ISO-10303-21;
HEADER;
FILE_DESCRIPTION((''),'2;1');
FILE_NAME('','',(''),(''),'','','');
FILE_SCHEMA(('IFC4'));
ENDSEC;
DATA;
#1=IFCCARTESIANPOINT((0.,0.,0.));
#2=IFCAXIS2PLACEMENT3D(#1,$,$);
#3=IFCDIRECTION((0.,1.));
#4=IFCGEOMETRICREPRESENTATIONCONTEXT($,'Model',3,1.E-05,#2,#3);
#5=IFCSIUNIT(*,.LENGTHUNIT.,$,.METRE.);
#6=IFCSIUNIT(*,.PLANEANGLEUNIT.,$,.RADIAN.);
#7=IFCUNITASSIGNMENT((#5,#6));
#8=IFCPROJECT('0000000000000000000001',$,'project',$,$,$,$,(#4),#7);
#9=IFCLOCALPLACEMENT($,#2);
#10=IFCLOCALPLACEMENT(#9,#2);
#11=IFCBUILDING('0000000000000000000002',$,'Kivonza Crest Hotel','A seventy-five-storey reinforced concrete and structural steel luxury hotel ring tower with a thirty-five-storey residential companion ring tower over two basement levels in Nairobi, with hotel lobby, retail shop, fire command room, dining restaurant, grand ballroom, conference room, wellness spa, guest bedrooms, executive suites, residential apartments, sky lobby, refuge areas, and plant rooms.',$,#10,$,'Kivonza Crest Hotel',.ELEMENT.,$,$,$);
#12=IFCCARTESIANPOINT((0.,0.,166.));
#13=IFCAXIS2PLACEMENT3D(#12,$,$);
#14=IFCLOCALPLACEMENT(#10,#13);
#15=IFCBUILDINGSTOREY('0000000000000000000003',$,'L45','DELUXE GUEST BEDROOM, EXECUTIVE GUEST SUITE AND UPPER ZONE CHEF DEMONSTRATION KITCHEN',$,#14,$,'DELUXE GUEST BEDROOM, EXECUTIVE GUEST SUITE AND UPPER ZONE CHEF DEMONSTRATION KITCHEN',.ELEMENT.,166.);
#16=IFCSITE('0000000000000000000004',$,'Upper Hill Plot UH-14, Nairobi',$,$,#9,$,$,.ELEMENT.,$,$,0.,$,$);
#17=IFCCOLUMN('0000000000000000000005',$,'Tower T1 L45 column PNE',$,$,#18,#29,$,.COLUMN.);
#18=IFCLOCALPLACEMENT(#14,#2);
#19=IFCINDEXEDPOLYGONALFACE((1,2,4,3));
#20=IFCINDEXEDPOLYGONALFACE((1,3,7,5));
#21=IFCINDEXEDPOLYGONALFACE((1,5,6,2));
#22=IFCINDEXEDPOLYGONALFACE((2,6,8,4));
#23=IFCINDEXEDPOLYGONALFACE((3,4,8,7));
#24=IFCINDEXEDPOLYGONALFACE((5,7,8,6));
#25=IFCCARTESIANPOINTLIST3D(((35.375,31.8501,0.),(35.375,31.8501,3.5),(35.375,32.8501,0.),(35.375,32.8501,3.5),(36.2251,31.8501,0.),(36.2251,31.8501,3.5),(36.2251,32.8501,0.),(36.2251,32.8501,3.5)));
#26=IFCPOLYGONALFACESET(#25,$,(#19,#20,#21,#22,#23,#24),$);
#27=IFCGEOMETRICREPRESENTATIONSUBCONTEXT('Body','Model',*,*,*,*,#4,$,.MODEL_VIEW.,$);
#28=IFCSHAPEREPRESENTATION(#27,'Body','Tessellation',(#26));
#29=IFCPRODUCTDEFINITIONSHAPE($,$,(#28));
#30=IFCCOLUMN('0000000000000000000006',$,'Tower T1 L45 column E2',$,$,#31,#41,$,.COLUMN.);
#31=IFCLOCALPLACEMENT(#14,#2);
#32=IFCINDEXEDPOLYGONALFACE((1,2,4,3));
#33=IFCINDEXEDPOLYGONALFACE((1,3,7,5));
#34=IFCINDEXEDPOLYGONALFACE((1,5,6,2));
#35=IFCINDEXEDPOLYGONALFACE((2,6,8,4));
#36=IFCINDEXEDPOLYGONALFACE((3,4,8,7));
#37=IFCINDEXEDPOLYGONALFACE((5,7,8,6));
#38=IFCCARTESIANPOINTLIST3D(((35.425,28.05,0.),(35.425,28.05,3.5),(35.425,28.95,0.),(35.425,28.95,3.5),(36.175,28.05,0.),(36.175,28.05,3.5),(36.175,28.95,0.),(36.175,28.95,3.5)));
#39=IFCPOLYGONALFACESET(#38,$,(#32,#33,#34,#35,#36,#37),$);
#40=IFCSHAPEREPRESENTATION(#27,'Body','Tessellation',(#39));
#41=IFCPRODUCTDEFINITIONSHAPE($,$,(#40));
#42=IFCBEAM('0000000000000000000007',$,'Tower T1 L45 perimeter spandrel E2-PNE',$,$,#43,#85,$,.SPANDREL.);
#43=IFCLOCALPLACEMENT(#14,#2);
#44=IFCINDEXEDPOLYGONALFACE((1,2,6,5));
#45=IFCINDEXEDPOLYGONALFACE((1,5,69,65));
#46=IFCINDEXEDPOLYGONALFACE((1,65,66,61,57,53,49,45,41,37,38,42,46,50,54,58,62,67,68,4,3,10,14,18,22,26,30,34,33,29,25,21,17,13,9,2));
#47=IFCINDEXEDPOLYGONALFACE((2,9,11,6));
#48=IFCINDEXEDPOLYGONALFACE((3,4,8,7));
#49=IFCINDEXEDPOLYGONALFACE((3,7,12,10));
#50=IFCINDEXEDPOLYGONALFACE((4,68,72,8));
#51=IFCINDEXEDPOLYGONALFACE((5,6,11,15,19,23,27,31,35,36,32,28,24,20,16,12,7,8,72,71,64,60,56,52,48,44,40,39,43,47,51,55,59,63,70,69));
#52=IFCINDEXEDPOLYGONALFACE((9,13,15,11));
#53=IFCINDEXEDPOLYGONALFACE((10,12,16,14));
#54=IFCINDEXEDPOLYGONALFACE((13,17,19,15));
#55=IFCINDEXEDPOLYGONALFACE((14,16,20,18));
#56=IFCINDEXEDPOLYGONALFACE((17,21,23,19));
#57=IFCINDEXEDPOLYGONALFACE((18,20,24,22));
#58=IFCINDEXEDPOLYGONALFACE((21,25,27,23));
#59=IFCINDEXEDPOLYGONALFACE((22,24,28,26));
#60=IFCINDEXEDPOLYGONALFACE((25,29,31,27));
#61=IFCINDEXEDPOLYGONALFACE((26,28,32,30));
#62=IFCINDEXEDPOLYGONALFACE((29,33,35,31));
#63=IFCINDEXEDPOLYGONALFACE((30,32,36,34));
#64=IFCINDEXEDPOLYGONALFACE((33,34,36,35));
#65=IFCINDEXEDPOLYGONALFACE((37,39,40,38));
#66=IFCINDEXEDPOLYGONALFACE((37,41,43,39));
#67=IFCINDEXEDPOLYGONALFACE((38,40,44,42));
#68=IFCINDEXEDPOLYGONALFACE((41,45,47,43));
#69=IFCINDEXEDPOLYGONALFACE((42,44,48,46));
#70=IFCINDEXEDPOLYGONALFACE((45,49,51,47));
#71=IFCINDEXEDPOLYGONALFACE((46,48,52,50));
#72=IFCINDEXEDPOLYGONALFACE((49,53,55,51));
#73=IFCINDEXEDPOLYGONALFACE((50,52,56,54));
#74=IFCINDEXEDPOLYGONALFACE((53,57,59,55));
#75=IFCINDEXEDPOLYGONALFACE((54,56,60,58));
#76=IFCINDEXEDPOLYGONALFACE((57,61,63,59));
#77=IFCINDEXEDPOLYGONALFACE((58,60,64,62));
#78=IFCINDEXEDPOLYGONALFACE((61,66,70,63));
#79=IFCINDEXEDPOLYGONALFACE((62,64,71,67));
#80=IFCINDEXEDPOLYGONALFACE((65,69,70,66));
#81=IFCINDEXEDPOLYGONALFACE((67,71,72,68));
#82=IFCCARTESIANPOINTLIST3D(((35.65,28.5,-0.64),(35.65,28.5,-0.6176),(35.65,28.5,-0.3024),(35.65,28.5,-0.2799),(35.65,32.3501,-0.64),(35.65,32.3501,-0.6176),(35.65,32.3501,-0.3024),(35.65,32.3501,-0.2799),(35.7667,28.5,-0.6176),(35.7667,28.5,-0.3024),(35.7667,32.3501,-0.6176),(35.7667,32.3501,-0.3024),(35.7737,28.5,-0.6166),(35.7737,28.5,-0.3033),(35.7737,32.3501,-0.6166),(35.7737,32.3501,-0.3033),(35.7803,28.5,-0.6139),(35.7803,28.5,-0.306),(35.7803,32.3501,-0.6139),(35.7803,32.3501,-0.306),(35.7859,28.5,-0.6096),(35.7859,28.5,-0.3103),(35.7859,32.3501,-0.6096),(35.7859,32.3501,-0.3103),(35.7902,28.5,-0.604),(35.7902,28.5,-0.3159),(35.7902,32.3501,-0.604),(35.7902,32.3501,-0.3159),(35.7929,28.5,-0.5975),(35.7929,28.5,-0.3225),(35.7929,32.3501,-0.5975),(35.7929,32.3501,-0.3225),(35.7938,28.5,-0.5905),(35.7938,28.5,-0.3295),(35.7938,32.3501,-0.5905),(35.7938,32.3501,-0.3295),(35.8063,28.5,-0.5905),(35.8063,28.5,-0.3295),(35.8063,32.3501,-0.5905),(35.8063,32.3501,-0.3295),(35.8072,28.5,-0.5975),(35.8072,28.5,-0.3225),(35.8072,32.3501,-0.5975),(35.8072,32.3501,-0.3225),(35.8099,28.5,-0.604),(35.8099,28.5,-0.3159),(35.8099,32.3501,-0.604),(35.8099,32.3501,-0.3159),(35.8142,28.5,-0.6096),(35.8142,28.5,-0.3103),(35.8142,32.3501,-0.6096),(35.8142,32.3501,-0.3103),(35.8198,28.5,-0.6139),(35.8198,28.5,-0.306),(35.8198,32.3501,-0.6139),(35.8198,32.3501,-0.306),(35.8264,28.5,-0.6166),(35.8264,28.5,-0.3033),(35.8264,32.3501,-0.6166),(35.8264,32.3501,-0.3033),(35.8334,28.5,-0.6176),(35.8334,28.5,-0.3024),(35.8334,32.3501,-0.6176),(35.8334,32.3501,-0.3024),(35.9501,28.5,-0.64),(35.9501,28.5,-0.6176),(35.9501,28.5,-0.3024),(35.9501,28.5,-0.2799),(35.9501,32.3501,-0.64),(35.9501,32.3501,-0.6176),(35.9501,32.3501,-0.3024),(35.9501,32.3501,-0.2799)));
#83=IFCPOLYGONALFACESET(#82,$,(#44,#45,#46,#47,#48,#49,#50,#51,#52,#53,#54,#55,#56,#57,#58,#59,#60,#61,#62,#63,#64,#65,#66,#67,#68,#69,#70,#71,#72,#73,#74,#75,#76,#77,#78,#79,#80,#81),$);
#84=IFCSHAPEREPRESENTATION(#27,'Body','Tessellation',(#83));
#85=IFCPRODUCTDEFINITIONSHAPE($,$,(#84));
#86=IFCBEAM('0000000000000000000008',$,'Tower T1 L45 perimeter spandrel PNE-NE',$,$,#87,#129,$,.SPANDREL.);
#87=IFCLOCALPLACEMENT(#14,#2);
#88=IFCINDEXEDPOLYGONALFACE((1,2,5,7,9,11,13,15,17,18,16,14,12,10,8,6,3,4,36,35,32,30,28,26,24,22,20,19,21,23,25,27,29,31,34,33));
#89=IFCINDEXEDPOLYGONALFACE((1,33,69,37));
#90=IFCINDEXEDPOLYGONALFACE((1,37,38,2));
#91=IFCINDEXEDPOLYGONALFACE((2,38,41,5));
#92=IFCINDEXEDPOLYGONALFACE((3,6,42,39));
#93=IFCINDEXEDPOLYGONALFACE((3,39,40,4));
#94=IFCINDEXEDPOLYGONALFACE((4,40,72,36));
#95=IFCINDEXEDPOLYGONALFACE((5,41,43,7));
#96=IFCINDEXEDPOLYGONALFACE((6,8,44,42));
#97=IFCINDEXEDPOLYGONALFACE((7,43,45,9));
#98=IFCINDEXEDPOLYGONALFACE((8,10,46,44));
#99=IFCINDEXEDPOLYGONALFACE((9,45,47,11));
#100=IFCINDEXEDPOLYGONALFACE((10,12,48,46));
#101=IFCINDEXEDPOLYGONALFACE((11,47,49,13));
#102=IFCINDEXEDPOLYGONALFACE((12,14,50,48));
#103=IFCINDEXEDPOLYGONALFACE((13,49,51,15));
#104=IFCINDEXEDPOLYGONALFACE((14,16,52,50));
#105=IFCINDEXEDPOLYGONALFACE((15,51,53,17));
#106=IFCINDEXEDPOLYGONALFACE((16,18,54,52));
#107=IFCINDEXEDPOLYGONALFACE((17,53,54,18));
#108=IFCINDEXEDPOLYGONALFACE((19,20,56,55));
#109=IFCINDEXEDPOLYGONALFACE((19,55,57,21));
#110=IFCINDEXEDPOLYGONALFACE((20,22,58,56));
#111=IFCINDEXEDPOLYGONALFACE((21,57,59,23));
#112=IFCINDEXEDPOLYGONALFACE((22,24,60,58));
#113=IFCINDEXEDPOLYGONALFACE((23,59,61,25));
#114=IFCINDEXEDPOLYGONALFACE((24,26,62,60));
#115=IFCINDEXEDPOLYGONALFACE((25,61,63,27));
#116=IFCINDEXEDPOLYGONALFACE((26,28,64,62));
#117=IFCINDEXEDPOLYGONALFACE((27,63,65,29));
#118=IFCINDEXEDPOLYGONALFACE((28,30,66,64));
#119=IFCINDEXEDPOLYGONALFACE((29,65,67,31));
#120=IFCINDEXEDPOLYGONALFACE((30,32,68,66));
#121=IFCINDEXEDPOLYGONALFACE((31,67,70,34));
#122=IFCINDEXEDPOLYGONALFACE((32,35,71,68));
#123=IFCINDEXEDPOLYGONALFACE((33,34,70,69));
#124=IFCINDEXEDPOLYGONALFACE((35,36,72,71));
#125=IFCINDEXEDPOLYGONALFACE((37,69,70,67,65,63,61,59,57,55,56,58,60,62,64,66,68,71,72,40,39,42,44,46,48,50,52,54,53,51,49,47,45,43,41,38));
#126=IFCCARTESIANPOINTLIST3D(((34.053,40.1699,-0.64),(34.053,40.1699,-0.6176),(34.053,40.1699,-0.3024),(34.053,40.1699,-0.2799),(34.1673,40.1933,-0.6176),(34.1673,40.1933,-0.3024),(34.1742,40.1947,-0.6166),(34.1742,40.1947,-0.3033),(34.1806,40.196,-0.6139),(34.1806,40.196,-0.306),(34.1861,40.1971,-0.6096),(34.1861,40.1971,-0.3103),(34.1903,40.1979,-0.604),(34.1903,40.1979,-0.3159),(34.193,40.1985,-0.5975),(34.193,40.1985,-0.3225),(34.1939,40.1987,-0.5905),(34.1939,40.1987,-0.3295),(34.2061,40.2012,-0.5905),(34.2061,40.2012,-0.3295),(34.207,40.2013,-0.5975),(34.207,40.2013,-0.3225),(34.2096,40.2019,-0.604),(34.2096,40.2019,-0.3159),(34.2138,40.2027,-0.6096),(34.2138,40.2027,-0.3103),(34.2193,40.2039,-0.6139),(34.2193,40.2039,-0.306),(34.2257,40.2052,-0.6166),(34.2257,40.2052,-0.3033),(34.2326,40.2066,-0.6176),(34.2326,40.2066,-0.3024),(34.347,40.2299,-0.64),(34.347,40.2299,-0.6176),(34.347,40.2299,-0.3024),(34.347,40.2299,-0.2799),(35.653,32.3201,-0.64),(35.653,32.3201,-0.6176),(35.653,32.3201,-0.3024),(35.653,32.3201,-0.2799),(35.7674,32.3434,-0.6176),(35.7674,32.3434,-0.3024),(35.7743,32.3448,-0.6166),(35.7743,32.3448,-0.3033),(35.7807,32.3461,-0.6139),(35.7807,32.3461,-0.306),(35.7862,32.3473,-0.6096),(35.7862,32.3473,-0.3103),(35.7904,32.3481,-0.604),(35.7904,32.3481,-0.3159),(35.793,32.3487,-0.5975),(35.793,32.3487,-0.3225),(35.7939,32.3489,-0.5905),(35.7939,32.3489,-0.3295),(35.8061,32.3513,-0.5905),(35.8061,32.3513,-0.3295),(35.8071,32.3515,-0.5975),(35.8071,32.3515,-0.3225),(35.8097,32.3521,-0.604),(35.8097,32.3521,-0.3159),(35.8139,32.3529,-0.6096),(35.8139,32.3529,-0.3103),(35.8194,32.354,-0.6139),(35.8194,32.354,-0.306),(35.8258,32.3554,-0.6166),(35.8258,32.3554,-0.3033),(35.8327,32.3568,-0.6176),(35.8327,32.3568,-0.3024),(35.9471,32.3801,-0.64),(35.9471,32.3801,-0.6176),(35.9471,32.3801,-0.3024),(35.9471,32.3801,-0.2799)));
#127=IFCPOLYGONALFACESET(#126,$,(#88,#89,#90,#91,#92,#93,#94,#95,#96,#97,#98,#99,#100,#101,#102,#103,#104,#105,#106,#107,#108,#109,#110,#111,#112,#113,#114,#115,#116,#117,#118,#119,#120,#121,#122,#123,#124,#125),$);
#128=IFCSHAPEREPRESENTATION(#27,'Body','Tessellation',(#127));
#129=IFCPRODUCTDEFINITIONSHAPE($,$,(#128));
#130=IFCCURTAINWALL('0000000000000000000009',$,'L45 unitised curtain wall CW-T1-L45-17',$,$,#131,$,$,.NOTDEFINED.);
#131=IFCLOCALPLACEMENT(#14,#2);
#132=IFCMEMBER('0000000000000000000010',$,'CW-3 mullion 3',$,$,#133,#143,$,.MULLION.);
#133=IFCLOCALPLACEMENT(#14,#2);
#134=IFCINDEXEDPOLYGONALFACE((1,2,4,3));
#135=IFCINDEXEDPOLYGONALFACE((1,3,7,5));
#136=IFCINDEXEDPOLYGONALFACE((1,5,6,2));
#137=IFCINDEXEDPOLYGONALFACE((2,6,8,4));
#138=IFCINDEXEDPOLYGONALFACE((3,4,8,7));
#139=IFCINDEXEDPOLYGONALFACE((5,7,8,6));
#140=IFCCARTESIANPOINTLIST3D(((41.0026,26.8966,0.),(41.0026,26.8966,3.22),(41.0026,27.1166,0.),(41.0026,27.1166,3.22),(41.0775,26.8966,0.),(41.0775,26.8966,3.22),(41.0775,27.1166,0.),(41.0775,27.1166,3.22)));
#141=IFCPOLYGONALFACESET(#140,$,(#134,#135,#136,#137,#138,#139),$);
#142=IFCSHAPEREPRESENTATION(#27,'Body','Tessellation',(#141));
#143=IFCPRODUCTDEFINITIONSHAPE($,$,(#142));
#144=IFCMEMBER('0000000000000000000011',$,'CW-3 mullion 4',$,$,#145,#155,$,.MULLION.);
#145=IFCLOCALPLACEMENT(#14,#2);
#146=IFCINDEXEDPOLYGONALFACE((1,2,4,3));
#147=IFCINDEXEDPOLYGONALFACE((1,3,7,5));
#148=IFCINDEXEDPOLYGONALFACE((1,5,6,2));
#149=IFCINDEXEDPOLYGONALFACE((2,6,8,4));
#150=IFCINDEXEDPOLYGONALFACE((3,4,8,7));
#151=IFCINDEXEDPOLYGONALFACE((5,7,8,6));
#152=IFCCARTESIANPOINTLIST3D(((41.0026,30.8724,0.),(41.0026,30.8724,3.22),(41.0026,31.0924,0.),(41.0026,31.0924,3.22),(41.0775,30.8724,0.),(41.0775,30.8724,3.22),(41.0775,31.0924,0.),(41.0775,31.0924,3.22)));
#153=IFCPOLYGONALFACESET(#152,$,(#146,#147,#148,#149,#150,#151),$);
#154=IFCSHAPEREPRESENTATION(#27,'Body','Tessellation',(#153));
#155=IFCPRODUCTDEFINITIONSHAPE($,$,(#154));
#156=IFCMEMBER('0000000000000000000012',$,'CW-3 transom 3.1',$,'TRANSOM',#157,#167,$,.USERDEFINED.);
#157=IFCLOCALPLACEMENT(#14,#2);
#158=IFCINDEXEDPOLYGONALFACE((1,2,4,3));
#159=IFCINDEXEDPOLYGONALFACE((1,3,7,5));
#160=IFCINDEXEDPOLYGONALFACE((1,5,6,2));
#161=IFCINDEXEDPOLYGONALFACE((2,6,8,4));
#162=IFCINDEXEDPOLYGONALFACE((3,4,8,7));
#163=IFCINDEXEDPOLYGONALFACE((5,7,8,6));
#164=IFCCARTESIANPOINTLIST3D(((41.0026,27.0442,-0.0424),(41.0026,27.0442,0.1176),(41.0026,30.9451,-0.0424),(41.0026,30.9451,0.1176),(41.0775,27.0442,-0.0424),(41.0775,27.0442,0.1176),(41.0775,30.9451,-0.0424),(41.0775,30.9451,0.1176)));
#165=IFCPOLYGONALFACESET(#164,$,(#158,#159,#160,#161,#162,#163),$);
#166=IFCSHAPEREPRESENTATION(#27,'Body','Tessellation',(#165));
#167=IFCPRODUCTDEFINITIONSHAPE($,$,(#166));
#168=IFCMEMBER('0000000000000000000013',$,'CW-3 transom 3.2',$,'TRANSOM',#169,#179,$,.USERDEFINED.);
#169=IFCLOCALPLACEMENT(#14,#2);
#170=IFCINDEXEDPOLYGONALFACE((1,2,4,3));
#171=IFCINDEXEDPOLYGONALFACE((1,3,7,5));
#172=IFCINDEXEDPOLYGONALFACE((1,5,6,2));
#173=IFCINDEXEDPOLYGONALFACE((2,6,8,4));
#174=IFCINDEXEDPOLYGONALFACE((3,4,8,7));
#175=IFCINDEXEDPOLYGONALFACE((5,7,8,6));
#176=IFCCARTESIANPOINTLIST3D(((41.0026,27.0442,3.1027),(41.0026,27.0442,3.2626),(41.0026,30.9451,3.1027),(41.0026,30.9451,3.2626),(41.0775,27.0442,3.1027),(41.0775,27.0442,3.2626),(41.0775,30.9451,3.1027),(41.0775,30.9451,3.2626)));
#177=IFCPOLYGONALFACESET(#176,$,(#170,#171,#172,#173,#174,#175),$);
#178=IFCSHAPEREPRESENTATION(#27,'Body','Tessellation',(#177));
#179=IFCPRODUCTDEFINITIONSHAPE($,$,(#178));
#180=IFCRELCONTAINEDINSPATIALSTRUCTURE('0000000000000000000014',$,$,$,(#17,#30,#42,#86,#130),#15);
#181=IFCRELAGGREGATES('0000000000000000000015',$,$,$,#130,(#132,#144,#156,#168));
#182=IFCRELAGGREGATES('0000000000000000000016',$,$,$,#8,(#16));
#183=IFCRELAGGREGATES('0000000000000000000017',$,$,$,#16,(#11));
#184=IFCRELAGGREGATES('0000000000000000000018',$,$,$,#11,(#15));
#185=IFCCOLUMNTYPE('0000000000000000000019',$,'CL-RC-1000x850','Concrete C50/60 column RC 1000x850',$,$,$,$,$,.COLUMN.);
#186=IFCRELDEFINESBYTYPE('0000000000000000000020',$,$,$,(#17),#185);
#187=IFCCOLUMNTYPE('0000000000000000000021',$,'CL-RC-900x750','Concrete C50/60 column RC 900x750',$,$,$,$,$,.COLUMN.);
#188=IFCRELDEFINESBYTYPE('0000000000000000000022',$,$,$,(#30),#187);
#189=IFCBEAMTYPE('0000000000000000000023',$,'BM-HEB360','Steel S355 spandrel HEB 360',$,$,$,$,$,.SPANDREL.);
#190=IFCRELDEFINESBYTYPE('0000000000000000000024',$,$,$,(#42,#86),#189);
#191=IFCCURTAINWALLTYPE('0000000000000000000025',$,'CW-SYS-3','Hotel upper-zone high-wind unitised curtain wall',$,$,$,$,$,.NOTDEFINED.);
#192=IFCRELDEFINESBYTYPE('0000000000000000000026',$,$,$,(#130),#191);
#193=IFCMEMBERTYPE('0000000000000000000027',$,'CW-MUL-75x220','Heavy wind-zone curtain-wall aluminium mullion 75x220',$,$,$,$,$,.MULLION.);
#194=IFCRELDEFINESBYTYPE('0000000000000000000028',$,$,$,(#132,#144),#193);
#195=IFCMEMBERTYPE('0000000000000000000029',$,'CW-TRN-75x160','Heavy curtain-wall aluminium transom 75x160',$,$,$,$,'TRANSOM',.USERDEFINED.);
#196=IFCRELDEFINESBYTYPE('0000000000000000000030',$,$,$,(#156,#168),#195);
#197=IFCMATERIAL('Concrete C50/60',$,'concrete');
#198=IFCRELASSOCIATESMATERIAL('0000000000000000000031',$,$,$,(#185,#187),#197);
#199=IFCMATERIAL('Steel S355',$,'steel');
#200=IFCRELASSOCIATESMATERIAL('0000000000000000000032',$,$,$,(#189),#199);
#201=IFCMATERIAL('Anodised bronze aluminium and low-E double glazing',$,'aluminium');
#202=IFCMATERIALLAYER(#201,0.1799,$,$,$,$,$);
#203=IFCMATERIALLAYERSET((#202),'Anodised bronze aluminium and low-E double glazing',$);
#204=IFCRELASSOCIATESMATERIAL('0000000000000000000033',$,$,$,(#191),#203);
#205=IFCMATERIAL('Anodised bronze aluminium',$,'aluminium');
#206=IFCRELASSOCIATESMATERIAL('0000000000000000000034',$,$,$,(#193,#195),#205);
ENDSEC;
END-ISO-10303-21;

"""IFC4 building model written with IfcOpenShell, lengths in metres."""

from ifc_helpers import new_model, si_unit, direction, frame, origin, origin_2d, place, context, subcontext, project, spatial, rectangle, i_section, extrude, material, layer, layer_set, material_profile, profile_set, type_object, element, aggregate, save


model = new_model("IFC4")

# Units and contexts
model_context = context("Model", 3, precision=1e-05, world=origin(), true_north=direction((0.0, 1.0)))
body_context = subcontext(model_context, "Body", "Model", "MODEL_VIEW")
ifc_project = project(units=[si_unit("LENGTHUNIT", "METRE"), si_unit("PLANEANGLEUNIT", "RADIAN")], contexts=[model_context])

# Site, building, storey
site_placement = place(None, origin())
site = spatial("IfcSite", under=ifc_project, at=site_placement, Name="Upper Hill Plot UH-14, Nairobi", CompositionType="ELEMENT", RefElevation=0.0)
building_placement = place(site_placement, origin())
building = spatial("IfcBuilding", under=site, at=building_placement, Name="Kivonza Crest Hotel", Description="A seventy-five-storey reinforced concrete and structural steel luxury hotel ring tower with a thirty-five-storey residential companion ring tower over two basement levels in Nairobi, with hotel lobby, retail shop, fire command room, dining restaurant, grand ballroom, conference room, wellness spa, guest bedrooms, executive suites, residential apartments, sky lobby, refuge areas, and plant rooms.", LongName="Kivonza Crest Hotel", CompositionType="ELEMENT")
storey_placement = place(building_placement, frame((0.0, 0.0, 166.0)))
storey = spatial("IfcBuildingStorey", under=building, at=storey_placement, Name="L45", Description="DELUXE GUEST BEDROOM, EXECUTIVE GUEST SUITE AND UPPER ZONE CHEF DEMONSTRATION KITCHEN", LongName="DELUXE GUEST BEDROOM, EXECUTIVE GUEST SUITE AND UPPER ZONE CHEF DEMONSTRATION KITCHEN", CompositionType="ELEMENT", Elevation=166.0)

# Columns
ifc_material_1 = material(Name="Concrete C50/60", Category="concrete")
ifc_material_profile_1 = material_profile(ifc_material_1, rectangle(XDim=0.8501, YDim=1.0, at=origin_2d()), Name="RC 1000x850")
ifc_profile_set_1 = profile_set([ifc_material_profile_1], Name="Concrete C50/60")
column_type_1 = type_object("IfcColumnType", Name="CL-RC-1000x850", Description="Concrete C50/60 column RC 1000x850", PredefinedType="COLUMN", material=ifc_profile_set_1)
column_1_placement = place(storey_placement, frame((35.8, 32.3501, 0.0), z_axis=(0.0, 0.0, 1.0), x_axis=(1.0, 0.0, 0.0)))
element("IfcColumn", 1, at=column_1_placement, inside=storey, type_object=column_type_1, Name="Tower T1 L45 column PNE", PredefinedType="COLUMN", context=body_context, shape_type="SweptSolid", body=[
    extrude(rectangle(XDim=0.8501, YDim=1.0, at=origin_2d()), origin(), (0.0, 0.0, 1.0), 3.5),
])
ifc_material_profile_2 = material_profile(ifc_material_1, rectangle(XDim=0.75, YDim=0.8999, at=origin_2d()), Name="RC 900x750")
ifc_profile_set_2 = profile_set([ifc_material_profile_2], Name="Concrete C50/60")
column_type_2 = type_object("IfcColumnType", Name="CL-RC-900x750", Description="Concrete C50/60 column RC 900x750", PredefinedType="COLUMN", material=ifc_profile_set_2)
column_2_placement = place(storey_placement, frame((35.8, 28.5, 0.0), z_axis=(0.0, 0.0, 1.0), x_axis=(1.0, 0.0, 0.0)))
element("IfcColumn", 2, at=column_2_placement, inside=storey, type_object=column_type_2, Name="Tower T1 L45 column E2", PredefinedType="COLUMN", context=body_context, shape_type="SweptSolid", body=[
    extrude(rectangle(XDim=0.75, YDim=0.8999, at=origin_2d()), origin(), (0.0, 0.0, 1.0), 3.5),
])

# Beams
ifc_material_2 = material(Name="Steel S355", Category="steel")
ifc_material_profile_3 = material_profile(ifc_material_2, i_section(OverallWidth=0.3, OverallDepth=0.3601, WebThickness=0.0125, FlangeThickness=0.0225, FilletRadius=0.0271, at=origin_2d()), Name="HEB 360")
ifc_profile_set_3 = profile_set([ifc_material_profile_3], Name="Steel S355")
beam_type = type_object("IfcBeamType", Name="BM-HEB360", Description="Steel S355 spandrel HEB 360", PredefinedType="SPANDREL", material=ifc_profile_set_3)
beam_1_placement = place(storey_placement, frame((35.8, 28.5, -0.46), z_axis=(0.0, 1.0, 0.0), x_axis=(-1.0, 0.0, 0.0)))
element("IfcBeam", 3, at=beam_1_placement, inside=storey, type_object=beam_type, Name="Tower T1 L45 perimeter spandrel E2-PNE", PredefinedType="SPANDREL", context=body_context, shape_type="SweptSolid", body=[
    extrude(i_section(OverallWidth=0.3, OverallDepth=0.3601, WebThickness=0.0125, FlangeThickness=0.0225, FilletRadius=0.0271, at=origin_2d()), origin(), (0.0, 0.0, 1.0), 3.8501),
])
beam_2_placement = place(storey_placement, frame((35.8, 32.3501, -0.46), z_axis=(-0.199731, 0.979851, 0.0), x_axis=(-0.979851, -0.199731, 0.0)))
element("IfcBeam", 4, at=beam_2_placement, inside=storey, type_object=beam_type, Name="Tower T1 L45 perimeter spandrel PNE-NE", PredefinedType="SPANDREL", context=body_context, shape_type="SweptSolid", body=[
    extrude(i_section(OverallWidth=0.3, OverallDepth=0.3601, WebThickness=0.0125, FlangeThickness=0.0225, FilletRadius=0.0271, at=origin_2d()), origin(), (0.0, 0.0, 1.0), 8.0112),
])

# Curtain wall, members
ifc_material_3 = material(Name="Anodised bronze aluminium and low-E double glazing", Category="aluminium")
ifc_layer_1 = layer(ifc_material_3, 0.1799)
ifc_layer_set_1 = layer_set([ifc_layer_1], Name="Anodised bronze aluminium and low-E double glazing")
curtain_wall_type = type_object("IfcCurtainWallType", Name="CW-SYS-3", Description="Hotel upper-zone high-wind unitised curtain wall", PredefinedType="NOTDEFINED", material=ifc_layer_set_1)
curtain_wall_placement = place(storey_placement, origin())
curtain_wall = element("IfcCurtainWall", 5, at=curtain_wall_placement, inside=storey, type_object=curtain_wall_type, Name="L45 unitised curtain wall CW-T1-L45-17", PredefinedType="NOTDEFINED")
ifc_material_4 = material(Name="Anodised bronze aluminium", Category="aluminium")
ifc_material_profile_4 = material_profile(ifc_material_4, rectangle(XDim=0.075, YDim=0.22, at=origin_2d()), Name="CW-M 75x220")
ifc_profile_set_4 = profile_set([ifc_material_profile_4], Name="Anodised bronze aluminium")
member_type_1 = type_object("IfcMemberType", Name="CW-MUL-75x220", Description="Heavy wind-zone curtain-wall aluminium mullion 75x220", PredefinedType="MULLION", material=ifc_profile_set_4)
member_1_placement = place(storey_placement, frame((41.04, 27.0066, 0.0), z_axis=(0.0, 0.0, 1.0), x_axis=(-1.0, 0.0, 0.0)))
member_1 = element("IfcMember", 6, at=member_1_placement, type_object=member_type_1, Name="CW-3 mullion 3", PredefinedType="MULLION", context=body_context, shape_type="SweptSolid", body=[
    extrude(rectangle(XDim=0.075, YDim=0.22, at=origin_2d()), origin(), (0.0, 0.0, 1.0), 3.22),
])
member_2_placement = place(storey_placement, frame((41.04, 30.9824, 0.0), z_axis=(0.0, 0.0, 1.0), x_axis=(-1.0, 0.0, 0.0)))
member_2 = element("IfcMember", 7, at=member_2_placement, type_object=member_type_1, Name="CW-3 mullion 4", PredefinedType="MULLION", context=body_context, shape_type="SweptSolid", body=[
    extrude(rectangle(XDim=0.075, YDim=0.22, at=origin_2d()), origin(), (0.0, 0.0, 1.0), 3.22),
])
ifc_material_profile_5 = material_profile(ifc_material_4, rectangle(XDim=0.075, YDim=0.1599, at=origin_2d()), Name="CW-T 75x160")
ifc_profile_set_5 = profile_set([ifc_material_profile_5], Name="Anodised bronze aluminium")
member_type_2 = type_object("IfcMemberType", Name="CW-TRN-75x160", Description="Heavy curtain-wall aluminium transom 75x160", ElementType="TRANSOM", PredefinedType="USERDEFINED", material=ifc_profile_set_5)
member_3_placement = place(storey_placement, frame((41.04, 27.0442, 0.0376), z_axis=(0.0, 1.0, 0.0), x_axis=(-1.0, 0.0, 0.0)))
member_3 = element("IfcMember", 8, at=member_3_placement, type_object=member_type_2, Name="CW-3 transom 3.1", ObjectType="TRANSOM", PredefinedType="USERDEFINED", context=body_context, shape_type="SweptSolid", body=[
    extrude(rectangle(XDim=0.075, YDim=0.1599, at=origin_2d()), origin(), (0.0, 0.0, 1.0), 3.9009),
])
member_4_placement = place(storey_placement, frame((41.04, 27.0442, 3.1826), z_axis=(0.0, 1.0, 0.0), x_axis=(-1.0, 0.0, 0.0)))
member_4 = element("IfcMember", 9, at=member_4_placement, type_object=member_type_2, Name="CW-3 transom 3.2", ObjectType="TRANSOM", PredefinedType="USERDEFINED", context=body_context, shape_type="SweptSolid", body=[
    extrude(rectangle(XDim=0.075, YDim=0.1599, at=origin_2d()), origin(), (0.0, 0.0, 1.0), 3.9009),
])
aggregate(curtain_wall, [member_1, member_2, member_3, member_4])

save(model, "model.ifc")
